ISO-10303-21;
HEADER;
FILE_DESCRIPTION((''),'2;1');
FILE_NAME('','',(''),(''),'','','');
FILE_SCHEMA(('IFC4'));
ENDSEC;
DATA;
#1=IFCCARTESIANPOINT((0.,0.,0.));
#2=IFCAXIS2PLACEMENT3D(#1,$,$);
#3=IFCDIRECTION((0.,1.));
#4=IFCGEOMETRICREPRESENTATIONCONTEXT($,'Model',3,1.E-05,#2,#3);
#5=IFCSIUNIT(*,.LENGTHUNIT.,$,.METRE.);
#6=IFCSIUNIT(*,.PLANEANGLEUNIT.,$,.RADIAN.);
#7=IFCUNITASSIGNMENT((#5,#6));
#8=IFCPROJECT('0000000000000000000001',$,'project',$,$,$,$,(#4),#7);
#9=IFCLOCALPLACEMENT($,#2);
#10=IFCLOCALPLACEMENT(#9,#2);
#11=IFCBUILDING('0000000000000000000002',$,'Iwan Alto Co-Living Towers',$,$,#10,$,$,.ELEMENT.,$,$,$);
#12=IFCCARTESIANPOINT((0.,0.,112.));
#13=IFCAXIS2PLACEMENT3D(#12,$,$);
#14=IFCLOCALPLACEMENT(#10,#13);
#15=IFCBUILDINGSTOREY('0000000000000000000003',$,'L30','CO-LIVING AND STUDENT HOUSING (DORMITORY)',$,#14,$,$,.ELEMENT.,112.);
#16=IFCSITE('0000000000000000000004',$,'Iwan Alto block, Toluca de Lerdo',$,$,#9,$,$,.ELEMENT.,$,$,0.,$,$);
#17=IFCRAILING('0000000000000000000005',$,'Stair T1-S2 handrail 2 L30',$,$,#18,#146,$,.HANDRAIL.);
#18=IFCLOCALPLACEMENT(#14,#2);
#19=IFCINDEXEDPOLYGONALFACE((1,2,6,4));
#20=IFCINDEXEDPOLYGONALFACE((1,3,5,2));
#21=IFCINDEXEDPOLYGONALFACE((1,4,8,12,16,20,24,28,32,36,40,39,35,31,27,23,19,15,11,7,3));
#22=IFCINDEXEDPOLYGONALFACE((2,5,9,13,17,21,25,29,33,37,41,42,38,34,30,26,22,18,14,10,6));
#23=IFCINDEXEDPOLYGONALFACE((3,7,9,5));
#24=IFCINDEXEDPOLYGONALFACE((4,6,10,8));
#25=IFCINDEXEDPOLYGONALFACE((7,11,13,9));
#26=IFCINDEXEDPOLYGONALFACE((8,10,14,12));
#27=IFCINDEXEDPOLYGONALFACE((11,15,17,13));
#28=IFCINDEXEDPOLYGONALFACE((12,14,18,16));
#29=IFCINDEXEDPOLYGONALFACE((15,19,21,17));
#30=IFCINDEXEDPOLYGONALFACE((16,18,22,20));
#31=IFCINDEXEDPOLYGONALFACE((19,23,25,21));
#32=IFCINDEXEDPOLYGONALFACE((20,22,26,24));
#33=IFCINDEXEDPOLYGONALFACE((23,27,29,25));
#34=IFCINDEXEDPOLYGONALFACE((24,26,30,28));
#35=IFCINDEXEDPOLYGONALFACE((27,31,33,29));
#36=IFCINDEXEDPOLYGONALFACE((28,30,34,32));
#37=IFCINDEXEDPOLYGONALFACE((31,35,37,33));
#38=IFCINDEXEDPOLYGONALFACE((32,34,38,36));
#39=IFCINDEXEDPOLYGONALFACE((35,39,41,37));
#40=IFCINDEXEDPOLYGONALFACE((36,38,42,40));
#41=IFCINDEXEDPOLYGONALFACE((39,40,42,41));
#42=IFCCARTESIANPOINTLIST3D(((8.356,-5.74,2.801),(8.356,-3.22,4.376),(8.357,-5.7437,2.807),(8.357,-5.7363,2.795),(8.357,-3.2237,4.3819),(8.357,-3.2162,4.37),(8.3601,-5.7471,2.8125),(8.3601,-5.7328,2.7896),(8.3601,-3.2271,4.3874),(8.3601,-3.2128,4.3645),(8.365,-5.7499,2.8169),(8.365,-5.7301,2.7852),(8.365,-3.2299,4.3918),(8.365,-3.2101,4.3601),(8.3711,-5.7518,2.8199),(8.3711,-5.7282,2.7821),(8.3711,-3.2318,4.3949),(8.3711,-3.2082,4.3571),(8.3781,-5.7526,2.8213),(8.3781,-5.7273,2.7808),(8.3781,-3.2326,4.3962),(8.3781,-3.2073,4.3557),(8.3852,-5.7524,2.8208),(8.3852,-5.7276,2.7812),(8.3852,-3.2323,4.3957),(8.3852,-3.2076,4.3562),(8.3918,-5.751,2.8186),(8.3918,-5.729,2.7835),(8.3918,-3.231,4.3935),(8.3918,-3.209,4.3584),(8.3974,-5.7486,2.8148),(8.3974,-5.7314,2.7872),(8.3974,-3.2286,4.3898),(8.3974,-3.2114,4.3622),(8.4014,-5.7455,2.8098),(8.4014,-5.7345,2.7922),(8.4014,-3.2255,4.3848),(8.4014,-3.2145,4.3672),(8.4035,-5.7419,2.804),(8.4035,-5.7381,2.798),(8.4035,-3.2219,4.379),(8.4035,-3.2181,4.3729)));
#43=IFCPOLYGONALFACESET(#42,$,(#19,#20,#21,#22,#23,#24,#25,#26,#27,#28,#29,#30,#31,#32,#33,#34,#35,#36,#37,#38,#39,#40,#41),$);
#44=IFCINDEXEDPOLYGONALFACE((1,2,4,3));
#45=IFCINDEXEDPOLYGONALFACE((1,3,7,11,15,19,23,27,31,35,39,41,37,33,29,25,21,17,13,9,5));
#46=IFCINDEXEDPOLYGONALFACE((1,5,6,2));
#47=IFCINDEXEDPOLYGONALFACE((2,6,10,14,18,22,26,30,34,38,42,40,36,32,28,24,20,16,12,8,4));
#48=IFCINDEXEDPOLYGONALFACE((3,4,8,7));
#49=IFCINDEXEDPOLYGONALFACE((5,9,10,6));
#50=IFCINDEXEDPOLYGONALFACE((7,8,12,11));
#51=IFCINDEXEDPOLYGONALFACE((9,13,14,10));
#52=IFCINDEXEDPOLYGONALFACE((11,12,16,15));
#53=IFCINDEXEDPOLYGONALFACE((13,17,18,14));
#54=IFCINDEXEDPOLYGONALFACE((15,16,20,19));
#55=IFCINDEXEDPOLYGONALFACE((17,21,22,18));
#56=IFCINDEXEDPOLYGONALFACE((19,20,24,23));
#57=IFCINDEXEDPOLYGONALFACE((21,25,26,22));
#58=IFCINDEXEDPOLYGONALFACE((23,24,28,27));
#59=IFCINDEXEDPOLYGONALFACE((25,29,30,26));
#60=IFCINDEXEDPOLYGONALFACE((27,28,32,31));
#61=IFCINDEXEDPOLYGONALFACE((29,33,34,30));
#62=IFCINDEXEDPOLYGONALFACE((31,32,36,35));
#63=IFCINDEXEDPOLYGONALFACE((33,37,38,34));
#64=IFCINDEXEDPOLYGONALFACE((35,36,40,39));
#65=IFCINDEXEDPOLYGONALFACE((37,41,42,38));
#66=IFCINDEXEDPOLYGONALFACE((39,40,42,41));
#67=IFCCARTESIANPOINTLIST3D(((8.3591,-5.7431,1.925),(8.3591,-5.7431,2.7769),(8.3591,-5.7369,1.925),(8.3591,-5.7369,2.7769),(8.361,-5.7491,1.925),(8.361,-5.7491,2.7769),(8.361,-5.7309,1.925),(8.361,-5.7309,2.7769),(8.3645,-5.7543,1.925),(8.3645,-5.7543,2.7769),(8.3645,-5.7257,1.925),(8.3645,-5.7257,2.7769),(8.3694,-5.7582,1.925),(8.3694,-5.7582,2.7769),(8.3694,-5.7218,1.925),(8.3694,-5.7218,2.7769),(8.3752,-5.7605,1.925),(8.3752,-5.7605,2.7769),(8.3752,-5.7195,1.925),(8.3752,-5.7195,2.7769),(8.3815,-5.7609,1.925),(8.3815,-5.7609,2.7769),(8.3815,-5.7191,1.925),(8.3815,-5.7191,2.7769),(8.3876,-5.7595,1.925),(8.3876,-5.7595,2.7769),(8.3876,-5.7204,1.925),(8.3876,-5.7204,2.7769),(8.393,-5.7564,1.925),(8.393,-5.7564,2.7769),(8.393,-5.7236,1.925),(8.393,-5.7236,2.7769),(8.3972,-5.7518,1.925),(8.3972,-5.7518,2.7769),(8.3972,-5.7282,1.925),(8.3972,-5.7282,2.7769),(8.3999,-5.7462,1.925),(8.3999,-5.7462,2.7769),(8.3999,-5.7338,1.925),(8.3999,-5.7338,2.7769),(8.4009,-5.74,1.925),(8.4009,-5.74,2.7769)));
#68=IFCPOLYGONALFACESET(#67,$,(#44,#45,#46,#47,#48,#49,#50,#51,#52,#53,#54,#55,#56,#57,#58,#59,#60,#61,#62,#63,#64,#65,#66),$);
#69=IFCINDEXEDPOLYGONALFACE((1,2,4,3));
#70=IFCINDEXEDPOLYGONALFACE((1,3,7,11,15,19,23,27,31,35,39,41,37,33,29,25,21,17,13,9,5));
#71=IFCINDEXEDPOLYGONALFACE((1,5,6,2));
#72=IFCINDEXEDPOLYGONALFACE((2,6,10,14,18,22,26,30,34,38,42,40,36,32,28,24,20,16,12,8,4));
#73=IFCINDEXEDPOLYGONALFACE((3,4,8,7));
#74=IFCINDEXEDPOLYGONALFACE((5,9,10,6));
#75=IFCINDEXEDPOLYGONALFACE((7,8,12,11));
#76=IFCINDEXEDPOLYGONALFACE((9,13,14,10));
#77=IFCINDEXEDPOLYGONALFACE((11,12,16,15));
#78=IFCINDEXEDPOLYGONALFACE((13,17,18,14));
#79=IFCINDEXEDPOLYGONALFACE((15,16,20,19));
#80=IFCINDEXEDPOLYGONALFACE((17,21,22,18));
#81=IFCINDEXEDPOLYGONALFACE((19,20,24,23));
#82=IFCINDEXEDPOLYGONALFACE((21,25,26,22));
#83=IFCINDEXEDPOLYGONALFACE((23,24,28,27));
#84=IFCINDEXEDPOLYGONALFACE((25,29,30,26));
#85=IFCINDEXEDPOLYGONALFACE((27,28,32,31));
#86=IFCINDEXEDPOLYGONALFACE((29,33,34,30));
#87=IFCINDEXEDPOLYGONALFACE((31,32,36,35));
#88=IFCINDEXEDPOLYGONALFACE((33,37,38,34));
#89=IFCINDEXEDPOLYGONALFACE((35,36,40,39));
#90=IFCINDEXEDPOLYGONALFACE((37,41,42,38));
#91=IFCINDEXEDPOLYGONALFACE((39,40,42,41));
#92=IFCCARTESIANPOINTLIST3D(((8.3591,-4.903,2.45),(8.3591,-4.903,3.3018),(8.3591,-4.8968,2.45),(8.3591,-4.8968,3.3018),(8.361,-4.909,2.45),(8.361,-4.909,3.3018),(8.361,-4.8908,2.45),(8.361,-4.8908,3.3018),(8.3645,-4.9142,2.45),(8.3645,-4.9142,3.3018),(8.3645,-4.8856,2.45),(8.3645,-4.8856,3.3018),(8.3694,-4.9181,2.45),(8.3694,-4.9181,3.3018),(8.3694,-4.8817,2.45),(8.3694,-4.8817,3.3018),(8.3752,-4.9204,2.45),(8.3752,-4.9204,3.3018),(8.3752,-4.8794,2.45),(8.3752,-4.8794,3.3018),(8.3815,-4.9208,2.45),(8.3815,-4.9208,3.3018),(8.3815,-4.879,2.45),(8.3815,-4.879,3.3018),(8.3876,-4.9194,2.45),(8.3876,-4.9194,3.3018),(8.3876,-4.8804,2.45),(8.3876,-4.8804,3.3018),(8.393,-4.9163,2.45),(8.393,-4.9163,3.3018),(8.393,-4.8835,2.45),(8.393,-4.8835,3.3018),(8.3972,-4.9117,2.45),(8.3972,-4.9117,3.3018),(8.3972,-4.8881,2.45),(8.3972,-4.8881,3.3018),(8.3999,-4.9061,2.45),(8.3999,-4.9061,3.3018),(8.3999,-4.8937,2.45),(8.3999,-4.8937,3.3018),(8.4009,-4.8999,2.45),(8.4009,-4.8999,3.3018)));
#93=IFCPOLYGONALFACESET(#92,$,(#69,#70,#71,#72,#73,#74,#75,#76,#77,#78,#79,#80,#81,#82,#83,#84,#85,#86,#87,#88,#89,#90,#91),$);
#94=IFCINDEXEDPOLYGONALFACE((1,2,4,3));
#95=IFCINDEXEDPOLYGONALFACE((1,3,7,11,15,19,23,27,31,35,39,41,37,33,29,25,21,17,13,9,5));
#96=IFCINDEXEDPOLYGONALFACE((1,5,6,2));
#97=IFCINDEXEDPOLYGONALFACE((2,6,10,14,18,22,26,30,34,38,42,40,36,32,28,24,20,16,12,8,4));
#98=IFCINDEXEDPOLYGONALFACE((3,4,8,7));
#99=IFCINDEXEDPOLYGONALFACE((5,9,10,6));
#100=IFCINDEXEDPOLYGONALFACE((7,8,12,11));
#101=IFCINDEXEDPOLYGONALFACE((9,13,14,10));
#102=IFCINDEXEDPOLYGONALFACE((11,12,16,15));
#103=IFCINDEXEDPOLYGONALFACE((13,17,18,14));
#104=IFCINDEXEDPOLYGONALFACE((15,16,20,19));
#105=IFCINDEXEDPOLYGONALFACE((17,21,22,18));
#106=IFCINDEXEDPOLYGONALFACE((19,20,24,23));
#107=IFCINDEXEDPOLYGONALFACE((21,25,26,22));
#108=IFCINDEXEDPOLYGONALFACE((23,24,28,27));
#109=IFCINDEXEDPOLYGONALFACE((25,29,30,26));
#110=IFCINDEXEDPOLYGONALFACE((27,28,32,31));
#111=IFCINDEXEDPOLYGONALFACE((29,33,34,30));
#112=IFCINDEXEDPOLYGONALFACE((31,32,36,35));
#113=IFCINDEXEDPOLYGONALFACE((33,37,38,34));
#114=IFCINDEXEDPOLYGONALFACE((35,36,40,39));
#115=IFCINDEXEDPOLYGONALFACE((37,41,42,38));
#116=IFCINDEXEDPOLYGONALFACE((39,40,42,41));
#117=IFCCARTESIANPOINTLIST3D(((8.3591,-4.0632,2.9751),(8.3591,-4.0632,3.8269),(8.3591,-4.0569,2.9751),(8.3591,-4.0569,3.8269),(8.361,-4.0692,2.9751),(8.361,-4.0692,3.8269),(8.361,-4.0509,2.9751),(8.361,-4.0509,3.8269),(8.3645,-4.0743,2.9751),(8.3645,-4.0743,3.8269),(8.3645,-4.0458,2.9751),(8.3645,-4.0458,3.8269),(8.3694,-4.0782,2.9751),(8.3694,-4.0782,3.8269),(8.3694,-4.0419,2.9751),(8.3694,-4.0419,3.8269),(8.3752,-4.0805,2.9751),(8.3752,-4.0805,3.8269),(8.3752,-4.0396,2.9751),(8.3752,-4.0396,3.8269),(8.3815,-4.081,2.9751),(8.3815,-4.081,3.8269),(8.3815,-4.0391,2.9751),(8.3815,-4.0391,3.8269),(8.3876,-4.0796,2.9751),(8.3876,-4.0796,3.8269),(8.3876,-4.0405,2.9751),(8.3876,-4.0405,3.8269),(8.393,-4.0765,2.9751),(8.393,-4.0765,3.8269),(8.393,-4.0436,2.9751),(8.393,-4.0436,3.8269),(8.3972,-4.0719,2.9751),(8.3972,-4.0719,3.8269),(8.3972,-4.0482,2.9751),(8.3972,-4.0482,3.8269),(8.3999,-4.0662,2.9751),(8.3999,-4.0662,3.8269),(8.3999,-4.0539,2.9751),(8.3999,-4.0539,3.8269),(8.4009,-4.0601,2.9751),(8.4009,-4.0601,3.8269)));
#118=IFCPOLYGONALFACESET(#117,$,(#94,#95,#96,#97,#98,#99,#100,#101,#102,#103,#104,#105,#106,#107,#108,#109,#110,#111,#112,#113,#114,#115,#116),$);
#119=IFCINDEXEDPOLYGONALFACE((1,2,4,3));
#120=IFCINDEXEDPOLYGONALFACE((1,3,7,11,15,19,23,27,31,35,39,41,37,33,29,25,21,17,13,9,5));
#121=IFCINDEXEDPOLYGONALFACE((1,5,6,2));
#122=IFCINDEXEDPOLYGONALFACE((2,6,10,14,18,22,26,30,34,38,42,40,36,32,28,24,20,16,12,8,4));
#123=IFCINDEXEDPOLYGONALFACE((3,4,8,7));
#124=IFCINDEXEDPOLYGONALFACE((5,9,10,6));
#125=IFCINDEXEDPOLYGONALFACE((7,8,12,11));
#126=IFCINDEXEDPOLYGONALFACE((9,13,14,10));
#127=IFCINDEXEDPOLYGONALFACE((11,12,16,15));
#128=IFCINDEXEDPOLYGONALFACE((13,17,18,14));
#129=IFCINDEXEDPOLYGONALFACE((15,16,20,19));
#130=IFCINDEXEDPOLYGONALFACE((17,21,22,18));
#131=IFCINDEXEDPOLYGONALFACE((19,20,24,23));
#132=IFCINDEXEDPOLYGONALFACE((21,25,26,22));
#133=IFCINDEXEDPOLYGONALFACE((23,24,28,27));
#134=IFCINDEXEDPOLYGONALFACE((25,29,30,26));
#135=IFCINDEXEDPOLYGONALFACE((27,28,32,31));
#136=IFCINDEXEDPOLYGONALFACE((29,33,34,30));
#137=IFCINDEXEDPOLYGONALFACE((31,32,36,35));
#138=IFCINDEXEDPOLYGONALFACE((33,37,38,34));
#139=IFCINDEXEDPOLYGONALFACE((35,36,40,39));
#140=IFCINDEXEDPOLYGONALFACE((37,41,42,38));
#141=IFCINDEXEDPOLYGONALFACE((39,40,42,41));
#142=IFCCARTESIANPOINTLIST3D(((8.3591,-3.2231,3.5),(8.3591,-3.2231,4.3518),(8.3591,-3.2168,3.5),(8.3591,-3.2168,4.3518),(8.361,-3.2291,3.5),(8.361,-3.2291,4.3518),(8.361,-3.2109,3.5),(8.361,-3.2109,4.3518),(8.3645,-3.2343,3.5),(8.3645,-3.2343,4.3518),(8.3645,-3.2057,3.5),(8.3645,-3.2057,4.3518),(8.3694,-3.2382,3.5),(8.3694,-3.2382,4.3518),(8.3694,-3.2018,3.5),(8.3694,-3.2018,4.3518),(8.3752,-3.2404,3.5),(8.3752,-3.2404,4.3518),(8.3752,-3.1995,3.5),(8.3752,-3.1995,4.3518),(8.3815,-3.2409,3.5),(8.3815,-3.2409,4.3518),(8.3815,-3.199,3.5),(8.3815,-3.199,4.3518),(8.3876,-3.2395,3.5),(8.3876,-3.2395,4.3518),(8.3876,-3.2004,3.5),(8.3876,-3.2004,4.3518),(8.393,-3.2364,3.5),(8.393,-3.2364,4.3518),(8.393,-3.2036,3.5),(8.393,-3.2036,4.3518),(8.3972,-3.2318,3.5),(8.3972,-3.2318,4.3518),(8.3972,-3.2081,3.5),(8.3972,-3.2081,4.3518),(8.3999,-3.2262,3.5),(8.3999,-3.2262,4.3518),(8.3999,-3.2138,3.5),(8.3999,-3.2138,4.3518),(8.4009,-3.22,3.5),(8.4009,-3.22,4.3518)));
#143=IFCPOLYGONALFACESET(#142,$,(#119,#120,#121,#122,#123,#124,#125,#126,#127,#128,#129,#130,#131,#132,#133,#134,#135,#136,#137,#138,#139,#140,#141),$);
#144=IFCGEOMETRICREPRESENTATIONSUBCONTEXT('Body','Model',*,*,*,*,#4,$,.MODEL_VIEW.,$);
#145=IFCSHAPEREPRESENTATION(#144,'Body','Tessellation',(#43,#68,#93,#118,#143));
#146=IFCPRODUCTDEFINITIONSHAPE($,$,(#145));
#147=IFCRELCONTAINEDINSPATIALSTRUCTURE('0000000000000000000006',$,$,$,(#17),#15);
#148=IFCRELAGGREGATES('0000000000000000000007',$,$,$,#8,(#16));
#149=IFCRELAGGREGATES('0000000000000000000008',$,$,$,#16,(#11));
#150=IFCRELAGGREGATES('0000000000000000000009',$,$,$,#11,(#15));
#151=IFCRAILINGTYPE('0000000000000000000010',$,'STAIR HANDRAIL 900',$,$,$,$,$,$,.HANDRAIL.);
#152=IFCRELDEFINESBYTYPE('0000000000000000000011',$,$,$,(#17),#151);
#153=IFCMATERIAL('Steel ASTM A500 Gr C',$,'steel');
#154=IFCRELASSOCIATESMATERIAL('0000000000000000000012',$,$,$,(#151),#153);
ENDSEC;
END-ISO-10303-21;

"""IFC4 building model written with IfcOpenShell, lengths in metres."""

from ifc_helpers import new_model, si_unit, direction, frame, origin, origin_2d, place, context, subcontext, project, spatial, circle, extrude, material, type_object, element, save


model = new_model("IFC4")

# Units and contexts
model_context = context("Model", 3, precision=1e-05, world=origin(), true_north=direction((0.0, 1.0)))
body_context = subcontext(model_context, "Body", "Model", "MODEL_VIEW")
ifc_project = project(units=[si_unit("LENGTHUNIT", "METRE"), si_unit("PLANEANGLEUNIT", "RADIAN")], contexts=[model_context])

# Site, building, storey
site_placement = place(None, origin())
site = spatial("IfcSite", under=ifc_project, at=site_placement, Name="Iwan Alto block, Toluca de Lerdo", CompositionType="ELEMENT", RefElevation=0.0)
building_placement = place(site_placement, origin())
building = spatial("IfcBuilding", under=site, at=building_placement, Name="Iwan Alto Co-Living Towers", CompositionType="ELEMENT")
storey_placement = place(building_placement, frame((0.0, 0.0, 112.0)))
storey = spatial("IfcBuildingStorey", under=building, at=storey_placement, Name="L30", Description="CO-LIVING AND STUDENT HOUSING (DORMITORY)", CompositionType="ELEMENT", Elevation=112.0)

# Railing
ifc_material_1 = material(Name="Steel ASTM A500 Gr C", Category="steel")
railing_type_1 = type_object("IfcRailingType", Name="STAIR HANDRAIL 900", PredefinedType="HANDRAIL", material=ifc_material_1)
railing_1_placement = place(storey_placement, frame((8.3799, -5.74, 1.925)))
element("IfcRailing", 1, at=railing_1_placement, inside=storey, type_object=railing_type_1, Name="Stair T1-S2 handrail 2 L30", PredefinedType="HANDRAIL", context=body_context, shape_type="SweptSolid", body=[
    extrude(circle(Radius=0.0239, at=origin_2d()), frame((0.0, 0.0, 0.876), z_axis=(0.0, 0.848008, 0.529984), x_axis=(-1.0, 0.0, 0.0)), (0.0, 0.0, 1.0), 2.9717),
    extrude(circle(Radius=0.021, at=origin_2d()), origin(), (0.0, 0.0, 1.0), 0.8518),
    extrude(circle(Radius=0.021, at=origin_2d()), frame((0.0, 0.8401, 0.5249)), (0.0, 0.0, 1.0), 0.8518),
    extrude(circle(Radius=0.021, at=origin_2d()), frame((0.0, 1.6799, 1.05)), (0.0, 0.0, 1.0), 0.8518),
    extrude(circle(Radius=0.021, at=origin_2d()), frame((0.0, 2.52, 1.575)), (0.0, 0.0, 1.0), 0.8518),
])

save(model, "model.ifc")
